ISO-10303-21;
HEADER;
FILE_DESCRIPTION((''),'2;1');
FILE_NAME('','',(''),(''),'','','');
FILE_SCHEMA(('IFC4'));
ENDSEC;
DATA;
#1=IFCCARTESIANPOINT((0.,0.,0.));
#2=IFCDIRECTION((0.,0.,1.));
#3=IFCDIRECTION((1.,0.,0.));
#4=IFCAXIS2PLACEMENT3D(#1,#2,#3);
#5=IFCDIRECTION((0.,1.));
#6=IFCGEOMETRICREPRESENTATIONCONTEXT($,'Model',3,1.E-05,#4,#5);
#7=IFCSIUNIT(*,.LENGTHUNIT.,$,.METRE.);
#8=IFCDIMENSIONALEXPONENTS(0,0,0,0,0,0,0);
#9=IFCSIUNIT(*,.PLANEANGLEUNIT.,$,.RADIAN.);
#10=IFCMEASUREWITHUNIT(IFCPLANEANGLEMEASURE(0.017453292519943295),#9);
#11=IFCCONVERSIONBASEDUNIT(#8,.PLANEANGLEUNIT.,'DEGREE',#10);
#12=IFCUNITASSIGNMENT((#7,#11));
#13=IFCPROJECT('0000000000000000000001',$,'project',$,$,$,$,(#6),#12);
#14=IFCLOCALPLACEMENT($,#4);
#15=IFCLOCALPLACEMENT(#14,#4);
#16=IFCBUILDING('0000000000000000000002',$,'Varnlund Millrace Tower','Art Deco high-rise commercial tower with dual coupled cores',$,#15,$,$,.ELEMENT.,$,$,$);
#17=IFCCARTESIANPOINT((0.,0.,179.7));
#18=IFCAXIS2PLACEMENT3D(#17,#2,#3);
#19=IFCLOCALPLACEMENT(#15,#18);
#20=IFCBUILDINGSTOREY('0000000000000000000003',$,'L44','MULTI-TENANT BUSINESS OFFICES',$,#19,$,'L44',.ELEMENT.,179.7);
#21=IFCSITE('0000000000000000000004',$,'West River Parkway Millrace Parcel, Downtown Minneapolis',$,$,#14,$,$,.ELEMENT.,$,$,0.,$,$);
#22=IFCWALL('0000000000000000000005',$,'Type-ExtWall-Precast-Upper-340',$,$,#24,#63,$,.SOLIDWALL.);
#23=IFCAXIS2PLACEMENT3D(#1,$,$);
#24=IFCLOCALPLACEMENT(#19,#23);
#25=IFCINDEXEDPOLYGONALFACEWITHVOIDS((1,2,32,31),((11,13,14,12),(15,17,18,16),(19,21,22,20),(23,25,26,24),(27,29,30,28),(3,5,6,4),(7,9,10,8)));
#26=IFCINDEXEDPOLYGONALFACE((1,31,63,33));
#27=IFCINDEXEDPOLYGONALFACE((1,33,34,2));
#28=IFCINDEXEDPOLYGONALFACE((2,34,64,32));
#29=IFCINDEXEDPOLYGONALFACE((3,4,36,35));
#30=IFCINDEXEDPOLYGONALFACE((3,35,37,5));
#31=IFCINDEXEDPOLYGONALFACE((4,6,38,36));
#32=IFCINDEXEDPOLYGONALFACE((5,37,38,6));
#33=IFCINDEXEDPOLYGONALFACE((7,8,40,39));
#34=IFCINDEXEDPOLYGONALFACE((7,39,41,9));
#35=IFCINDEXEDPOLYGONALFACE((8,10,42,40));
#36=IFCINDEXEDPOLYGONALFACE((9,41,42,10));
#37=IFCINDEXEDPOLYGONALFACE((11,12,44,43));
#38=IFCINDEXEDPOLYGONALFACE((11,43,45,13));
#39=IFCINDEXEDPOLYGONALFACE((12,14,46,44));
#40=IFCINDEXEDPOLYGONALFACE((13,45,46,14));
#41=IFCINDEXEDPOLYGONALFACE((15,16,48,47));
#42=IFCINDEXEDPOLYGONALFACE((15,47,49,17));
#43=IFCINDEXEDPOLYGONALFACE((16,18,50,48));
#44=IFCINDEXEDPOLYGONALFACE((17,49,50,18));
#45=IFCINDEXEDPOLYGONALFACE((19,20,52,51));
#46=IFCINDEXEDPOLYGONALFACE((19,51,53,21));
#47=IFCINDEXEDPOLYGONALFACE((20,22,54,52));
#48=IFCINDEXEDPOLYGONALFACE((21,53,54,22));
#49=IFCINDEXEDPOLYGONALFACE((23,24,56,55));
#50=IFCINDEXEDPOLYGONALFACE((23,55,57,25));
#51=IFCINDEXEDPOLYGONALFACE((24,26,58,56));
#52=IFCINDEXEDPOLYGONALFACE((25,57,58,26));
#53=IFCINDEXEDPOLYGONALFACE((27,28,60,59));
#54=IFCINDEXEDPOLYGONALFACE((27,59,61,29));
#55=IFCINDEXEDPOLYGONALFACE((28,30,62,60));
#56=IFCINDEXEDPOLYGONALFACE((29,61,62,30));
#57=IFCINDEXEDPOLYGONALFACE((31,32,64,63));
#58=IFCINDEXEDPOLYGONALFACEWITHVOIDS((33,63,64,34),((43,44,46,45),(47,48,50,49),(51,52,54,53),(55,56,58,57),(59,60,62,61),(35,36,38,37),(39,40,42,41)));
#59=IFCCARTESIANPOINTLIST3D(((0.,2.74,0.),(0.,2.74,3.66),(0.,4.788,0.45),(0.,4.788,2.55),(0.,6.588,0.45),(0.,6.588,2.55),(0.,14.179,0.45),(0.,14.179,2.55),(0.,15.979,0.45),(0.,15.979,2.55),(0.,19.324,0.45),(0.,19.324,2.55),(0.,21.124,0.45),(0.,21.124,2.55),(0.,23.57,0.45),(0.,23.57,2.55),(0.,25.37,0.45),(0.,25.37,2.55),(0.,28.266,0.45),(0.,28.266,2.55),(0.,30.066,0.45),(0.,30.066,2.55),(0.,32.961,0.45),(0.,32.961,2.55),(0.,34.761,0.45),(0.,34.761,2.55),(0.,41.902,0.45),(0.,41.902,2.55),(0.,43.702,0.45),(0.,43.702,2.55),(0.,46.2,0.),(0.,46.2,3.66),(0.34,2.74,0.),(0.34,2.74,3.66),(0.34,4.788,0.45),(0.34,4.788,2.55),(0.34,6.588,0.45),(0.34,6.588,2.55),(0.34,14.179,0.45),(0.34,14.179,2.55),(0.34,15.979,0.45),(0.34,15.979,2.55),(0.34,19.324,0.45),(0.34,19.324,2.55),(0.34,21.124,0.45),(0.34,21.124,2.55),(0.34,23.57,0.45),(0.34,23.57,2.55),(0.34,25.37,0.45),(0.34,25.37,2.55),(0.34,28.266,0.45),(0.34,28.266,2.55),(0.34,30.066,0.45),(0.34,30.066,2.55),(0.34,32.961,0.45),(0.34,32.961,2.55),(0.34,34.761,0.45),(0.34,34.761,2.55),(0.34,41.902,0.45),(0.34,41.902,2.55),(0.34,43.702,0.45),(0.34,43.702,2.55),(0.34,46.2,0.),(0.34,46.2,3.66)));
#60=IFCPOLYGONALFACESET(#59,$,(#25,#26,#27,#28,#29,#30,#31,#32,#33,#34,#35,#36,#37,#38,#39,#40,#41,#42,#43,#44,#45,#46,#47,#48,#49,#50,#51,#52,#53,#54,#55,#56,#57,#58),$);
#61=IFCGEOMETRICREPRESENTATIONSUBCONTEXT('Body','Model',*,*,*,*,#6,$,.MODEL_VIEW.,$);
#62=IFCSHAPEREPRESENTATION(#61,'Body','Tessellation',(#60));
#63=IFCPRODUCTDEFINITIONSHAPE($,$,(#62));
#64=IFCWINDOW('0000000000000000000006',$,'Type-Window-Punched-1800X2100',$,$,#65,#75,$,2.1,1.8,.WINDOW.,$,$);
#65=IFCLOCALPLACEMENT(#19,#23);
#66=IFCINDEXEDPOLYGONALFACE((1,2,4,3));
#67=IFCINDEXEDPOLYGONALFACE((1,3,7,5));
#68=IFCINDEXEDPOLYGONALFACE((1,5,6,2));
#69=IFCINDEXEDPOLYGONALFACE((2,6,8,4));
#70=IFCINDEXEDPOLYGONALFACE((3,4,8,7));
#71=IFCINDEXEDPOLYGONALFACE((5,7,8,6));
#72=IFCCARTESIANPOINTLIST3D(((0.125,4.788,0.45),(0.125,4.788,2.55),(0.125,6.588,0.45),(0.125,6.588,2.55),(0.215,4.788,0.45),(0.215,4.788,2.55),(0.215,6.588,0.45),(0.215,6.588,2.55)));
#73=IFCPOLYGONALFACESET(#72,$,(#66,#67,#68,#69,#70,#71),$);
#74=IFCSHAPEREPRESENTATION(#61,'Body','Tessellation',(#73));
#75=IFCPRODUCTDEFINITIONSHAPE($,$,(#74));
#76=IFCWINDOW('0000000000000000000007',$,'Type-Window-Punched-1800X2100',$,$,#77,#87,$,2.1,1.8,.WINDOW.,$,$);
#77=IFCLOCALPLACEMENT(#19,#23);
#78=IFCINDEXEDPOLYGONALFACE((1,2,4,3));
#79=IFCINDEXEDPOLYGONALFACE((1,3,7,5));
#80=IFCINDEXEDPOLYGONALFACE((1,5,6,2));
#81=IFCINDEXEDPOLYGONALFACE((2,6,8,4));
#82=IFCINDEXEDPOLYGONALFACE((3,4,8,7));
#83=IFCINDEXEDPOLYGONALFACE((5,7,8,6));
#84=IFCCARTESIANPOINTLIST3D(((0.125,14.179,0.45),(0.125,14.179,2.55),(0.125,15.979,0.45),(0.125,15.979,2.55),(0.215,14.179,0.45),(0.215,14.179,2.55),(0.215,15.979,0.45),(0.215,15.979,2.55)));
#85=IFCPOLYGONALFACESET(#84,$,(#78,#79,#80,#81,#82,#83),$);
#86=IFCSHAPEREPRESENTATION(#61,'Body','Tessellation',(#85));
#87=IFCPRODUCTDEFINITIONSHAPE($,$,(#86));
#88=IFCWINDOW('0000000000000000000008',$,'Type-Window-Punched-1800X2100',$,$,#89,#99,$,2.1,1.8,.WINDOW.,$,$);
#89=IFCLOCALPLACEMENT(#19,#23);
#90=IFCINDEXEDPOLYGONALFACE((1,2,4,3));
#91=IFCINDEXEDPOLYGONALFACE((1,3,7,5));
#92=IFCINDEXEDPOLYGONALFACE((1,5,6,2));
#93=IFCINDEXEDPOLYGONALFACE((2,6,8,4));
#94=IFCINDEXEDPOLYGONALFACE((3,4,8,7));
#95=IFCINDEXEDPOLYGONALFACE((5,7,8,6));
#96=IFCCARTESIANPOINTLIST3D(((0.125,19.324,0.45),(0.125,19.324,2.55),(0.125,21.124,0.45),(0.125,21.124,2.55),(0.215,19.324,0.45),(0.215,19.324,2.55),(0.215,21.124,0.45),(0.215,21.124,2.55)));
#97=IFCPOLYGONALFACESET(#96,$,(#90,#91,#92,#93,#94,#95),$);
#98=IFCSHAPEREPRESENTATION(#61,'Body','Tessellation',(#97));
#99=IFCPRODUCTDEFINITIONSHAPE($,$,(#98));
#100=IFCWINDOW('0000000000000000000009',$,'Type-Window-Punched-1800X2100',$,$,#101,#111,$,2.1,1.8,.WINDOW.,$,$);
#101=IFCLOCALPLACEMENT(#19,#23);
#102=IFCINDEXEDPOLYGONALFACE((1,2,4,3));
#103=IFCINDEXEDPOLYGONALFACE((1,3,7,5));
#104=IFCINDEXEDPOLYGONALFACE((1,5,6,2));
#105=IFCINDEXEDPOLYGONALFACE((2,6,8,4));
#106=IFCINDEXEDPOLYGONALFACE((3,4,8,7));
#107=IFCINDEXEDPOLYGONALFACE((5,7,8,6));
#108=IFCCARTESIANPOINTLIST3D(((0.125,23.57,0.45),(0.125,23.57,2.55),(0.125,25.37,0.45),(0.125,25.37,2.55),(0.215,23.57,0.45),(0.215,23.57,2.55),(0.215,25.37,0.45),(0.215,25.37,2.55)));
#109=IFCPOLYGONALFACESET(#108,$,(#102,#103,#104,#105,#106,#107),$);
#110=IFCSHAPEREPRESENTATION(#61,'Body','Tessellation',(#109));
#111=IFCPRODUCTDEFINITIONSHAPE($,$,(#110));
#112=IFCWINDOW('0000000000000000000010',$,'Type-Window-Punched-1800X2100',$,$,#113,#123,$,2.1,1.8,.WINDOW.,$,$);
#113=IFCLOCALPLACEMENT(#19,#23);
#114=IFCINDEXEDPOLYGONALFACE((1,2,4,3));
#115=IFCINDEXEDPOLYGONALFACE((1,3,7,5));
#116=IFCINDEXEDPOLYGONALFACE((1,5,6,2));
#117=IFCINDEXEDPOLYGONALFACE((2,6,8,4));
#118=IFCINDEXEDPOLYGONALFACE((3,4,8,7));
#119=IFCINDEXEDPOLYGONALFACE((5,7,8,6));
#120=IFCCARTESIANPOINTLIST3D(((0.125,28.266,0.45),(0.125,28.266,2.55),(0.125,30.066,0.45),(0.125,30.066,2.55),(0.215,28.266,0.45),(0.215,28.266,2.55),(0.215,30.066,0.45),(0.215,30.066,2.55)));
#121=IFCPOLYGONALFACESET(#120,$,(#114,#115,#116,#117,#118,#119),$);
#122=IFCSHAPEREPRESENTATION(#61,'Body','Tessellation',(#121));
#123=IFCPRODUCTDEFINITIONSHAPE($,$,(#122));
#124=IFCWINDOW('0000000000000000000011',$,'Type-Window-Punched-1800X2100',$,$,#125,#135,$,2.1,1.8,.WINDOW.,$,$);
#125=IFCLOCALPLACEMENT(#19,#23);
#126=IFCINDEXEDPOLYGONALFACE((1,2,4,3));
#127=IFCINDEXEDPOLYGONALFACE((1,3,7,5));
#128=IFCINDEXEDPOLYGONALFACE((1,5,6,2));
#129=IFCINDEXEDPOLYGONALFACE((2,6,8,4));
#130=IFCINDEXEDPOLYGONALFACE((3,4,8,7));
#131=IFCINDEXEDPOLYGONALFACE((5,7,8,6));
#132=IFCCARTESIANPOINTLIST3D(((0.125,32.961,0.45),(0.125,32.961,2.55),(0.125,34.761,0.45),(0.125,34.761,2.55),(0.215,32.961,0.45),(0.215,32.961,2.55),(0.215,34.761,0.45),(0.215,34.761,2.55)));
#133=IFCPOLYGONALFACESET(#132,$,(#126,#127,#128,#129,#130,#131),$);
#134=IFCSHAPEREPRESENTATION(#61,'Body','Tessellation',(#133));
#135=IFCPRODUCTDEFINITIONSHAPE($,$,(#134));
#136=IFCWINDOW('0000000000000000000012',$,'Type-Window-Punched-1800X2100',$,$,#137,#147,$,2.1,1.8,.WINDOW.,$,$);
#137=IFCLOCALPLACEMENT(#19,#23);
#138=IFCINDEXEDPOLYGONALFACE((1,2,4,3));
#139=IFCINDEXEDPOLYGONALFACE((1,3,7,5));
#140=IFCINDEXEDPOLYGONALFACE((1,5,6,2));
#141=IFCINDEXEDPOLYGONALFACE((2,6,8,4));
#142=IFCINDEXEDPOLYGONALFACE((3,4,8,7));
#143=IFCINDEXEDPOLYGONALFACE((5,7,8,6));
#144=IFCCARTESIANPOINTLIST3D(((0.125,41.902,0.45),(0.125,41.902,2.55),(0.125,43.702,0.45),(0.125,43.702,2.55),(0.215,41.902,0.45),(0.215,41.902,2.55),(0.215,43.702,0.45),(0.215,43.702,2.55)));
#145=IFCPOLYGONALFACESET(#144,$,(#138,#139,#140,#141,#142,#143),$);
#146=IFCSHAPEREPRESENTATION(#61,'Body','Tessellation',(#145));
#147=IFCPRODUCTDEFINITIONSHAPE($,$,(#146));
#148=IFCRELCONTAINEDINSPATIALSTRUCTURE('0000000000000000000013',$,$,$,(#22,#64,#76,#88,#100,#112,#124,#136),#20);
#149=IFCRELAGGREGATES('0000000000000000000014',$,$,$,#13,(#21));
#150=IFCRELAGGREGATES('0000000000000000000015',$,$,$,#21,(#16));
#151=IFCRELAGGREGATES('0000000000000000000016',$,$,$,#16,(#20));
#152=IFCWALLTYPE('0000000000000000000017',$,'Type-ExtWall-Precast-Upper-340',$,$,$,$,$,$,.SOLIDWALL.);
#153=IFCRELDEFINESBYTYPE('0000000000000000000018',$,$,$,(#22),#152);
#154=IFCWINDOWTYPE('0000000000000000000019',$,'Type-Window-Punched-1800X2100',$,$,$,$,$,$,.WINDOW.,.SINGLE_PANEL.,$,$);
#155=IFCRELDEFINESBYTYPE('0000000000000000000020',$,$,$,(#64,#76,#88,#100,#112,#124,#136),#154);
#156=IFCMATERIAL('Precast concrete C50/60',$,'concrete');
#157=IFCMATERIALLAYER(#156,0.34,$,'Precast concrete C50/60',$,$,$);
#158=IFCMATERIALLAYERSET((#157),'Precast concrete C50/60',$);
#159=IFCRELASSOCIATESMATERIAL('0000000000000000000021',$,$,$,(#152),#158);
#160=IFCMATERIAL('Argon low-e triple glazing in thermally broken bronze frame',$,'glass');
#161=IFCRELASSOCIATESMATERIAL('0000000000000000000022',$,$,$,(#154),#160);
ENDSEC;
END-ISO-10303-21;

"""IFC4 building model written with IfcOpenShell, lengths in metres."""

from ifc_helpers import new_model, entity, si_unit, converted_unit, direction, frame, origin_with_axes, origin_2d_with_axis, place, context, subcontext, project, spatial, polyline, rectangle, outline, extrude, material, layer, layer_set, type_object, element, fill, save


model = new_model("IFC4")

# Units and contexts
model_context = context("Model", 3, precision=1e-05, world=origin_with_axes(), true_north=direction((0.0, 1.0)))
body_context = subcontext(model_context, "Body", "Model", "MODEL_VIEW")
ifc_project = project(units=[si_unit("LENGTHUNIT", "METRE"), converted_unit("PLANEANGLEUNIT", "DEGREE", entity("IfcPlaneAngleMeasure", 0.017453292519943295), si_unit("PLANEANGLEUNIT", "RADIAN"), dimensions=[0, 0, 0, 0, 0, 0, 0])], contexts=[model_context])

# Site, building, storey
site_placement = place(None, origin_with_axes())
site = spatial("IfcSite", under=ifc_project, at=site_placement, Name="West River Parkway Millrace Parcel, Downtown Minneapolis", CompositionType="ELEMENT", RefElevation=0.0)
building_placement = place(site_placement, origin_with_axes())
building = spatial("IfcBuilding", under=site, at=building_placement, Name="Varnlund Millrace Tower", Description="Art Deco high-rise commercial tower with dual coupled cores", CompositionType="ELEMENT")
storey_placement = place(building_placement, frame((0.0, 0.0, 179.7), z_axis=(0.0, 0.0, 1.0), x_axis=(1.0, 0.0, 0.0)))
storey = spatial("IfcBuildingStorey", under=building, at=storey_placement, Name="L44", Description="MULTI-TENANT BUSINESS OFFICES", LongName="L44", CompositionType="ELEMENT", Elevation=179.7)

# Shared definitions
ifc_material_1 = material(Name="Precast concrete C50/60", Category="concrete")
ifc_layer_1 = layer(ifc_material_1, 0.34, Name="Precast concrete C50/60")
ifc_layer_set_1 = layer_set([ifc_layer_1], Name="Precast concrete C50/60")
wall_type = type_object("IfcWallType", Name="Type-ExtWall-Precast-Upper-340", PredefinedType="SOLIDWALL", material=ifc_layer_set_1)

# Wall, openings, windows
wall_1_placement = place(storey_placement, frame((0.17, 2.74, 0.0), z_axis=(0.0, 0.0, 1.0), x_axis=(0.0, 1.0, 0.0)))
wall_1 = element("IfcWall", 1, at=wall_1_placement, inside=storey, type_object=wall_type, Name="Type-ExtWall-Precast-Upper-340", PredefinedType="SOLIDWALL", context=body_context, shape_type="SweptSolid", body=[
    extrude(outline(polyline([(0.0, -0.17), (43.46, -0.17), (43.46, 0.17), (0.0, 0.17), (0.0, -0.17)])), origin_with_axes(), (0.0, 0.0, 1.0), 3.66),
])
opening_1_placement = place(wall_1_placement, frame((2.948, 0.0, 0.45), z_axis=(0.0, 0.0, 1.0), x_axis=(1.0, 0.0, 0.0)))
opening_1 = element("IfcOpeningElement", 2, at=opening_1_placement, cuts=wall_1, PredefinedType="OPENING", context=body_context, shape_type="SweptSolid", body=[
    extrude(rectangle(XDim=1.8, YDim=0.36, at=origin_2d_with_axis()), origin_with_axes(), (0.0, 0.0, 1.0), 2.1),
])
opening_2_placement = place(wall_1_placement, frame((12.339, 0.0, 0.45), z_axis=(0.0, 0.0, 1.0), x_axis=(1.0, 0.0, 0.0)))
opening_2 = element("IfcOpeningElement", 3, at=opening_2_placement, cuts=wall_1, PredefinedType="OPENING", context=body_context, shape_type="SweptSolid", body=[
    extrude(rectangle(XDim=1.8, YDim=0.36, at=origin_2d_with_axis()), origin_with_axes(), (0.0, 0.0, 1.0), 2.1),
])
opening_3_placement = place(wall_1_placement, frame((17.484, 0.0, 0.45), z_axis=(0.0, 0.0, 1.0), x_axis=(1.0, 0.0, 0.0)))
opening_3 = element("IfcOpeningElement", 4, at=opening_3_placement, cuts=wall_1, PredefinedType="OPENING", context=body_context, shape_type="SweptSolid", body=[
    extrude(rectangle(XDim=1.8, YDim=0.36, at=origin_2d_with_axis()), origin_with_axes(), (0.0, 0.0, 1.0), 2.1),
])
opening_4_placement = place(wall_1_placement, frame((21.73, 0.0, 0.45), z_axis=(0.0, 0.0, 1.0), x_axis=(1.0, 0.0, 0.0)))
opening_4 = element("IfcOpeningElement", 5, at=opening_4_placement, cuts=wall_1, PredefinedType="OPENING", context=body_context, shape_type="SweptSolid", body=[
    extrude(rectangle(XDim=1.8, YDim=0.36, at=origin_2d_with_axis()), origin_with_axes(), (0.0, 0.0, 1.0), 2.1),
])
opening_5_placement = place(wall_1_placement, frame((26.426, 0.0, 0.45), z_axis=(0.0, 0.0, 1.0), x_axis=(1.0, 0.0, 0.0)))
opening_5 = element("IfcOpeningElement", 6, at=opening_5_placement, cuts=wall_1, PredefinedType="OPENING", context=body_context, shape_type="SweptSolid", body=[
    extrude(rectangle(XDim=1.8, YDim=0.36, at=origin_2d_with_axis()), origin_with_axes(), (0.0, 0.0, 1.0), 2.1),
])
opening_6_placement = place(wall_1_placement, frame((31.121, 0.0, 0.45), z_axis=(0.0, 0.0, 1.0), x_axis=(1.0, 0.0, 0.0)))
opening_6 = element("IfcOpeningElement", 7, at=opening_6_placement, cuts=wall_1, PredefinedType="OPENING", context=body_context, shape_type="SweptSolid", body=[
    extrude(rectangle(XDim=1.8, YDim=0.36, at=origin_2d_with_axis()), origin_with_axes(), (0.0, 0.0, 1.0), 2.1),
])
opening_7_placement = place(wall_1_placement, frame((40.062, 0.0, 0.45), z_axis=(0.0, 0.0, 1.0), x_axis=(1.0, 0.0, 0.0)))
opening_7 = element("IfcOpeningElement", 8, at=opening_7_placement, cuts=wall_1, PredefinedType="OPENING", context=body_context, shape_type="SweptSolid", body=[
    extrude(rectangle(XDim=1.8, YDim=0.36, at=origin_2d_with_axis()), origin_with_axes(), (0.0, 0.0, 1.0), 2.1),
])
ifc_material_2 = material(Name="Argon low-e triple glazing in thermally broken bronze frame", Category="glass")
window_type = type_object("IfcWindowType", Name="Type-Window-Punched-1800X2100", PartitioningType="SINGLE_PANEL", PredefinedType="WINDOW", material=ifc_material_2)
window_1_placement = place(wall_1_placement, frame((2.948, 0.0, 0.45), z_axis=(0.0, 0.0, 1.0), x_axis=(1.0, 0.0, 0.0)))
window_1 = element("IfcWindow", 9, at=window_1_placement, inside=storey, type_object=window_type, Name="Type-Window-Punched-1800X2100", OverallHeight=2.1, OverallWidth=1.8, PredefinedType="WINDOW", context=body_context, shape_type="SweptSolid", body=[
    extrude(rectangle(XDim=1.8, YDim=0.09, at=origin_2d_with_axis()), origin_with_axes(), (0.0, 0.0, 1.0), 2.1),
])
fill(opening_1, window_1)
window_2_placement = place(wall_1_placement, frame((12.339, 0.0, 0.45), z_axis=(0.0, 0.0, 1.0), x_axis=(1.0, 0.0, 0.0)))
window_2 = element("IfcWindow", 10, at=window_2_placement, inside=storey, type_object=window_type, Name="Type-Window-Punched-1800X2100", OverallHeight=2.1, OverallWidth=1.8, PredefinedType="WINDOW", context=body_context, shape_type="SweptSolid", body=[
    extrude(rectangle(XDim=1.8, YDim=0.09, at=origin_2d_with_axis()), origin_with_axes(), (0.0, 0.0, 1.0), 2.1),
])
fill(opening_2, window_2)
window_3_placement = place(wall_1_placement, frame((17.484, 0.0, 0.45), z_axis=(0.0, 0.0, 1.0), x_axis=(1.0, 0.0, 0.0)))
window_3 = element("IfcWindow", 11, at=window_3_placement, inside=storey, type_object=window_type, Name="Type-Window-Punched-1800X2100", OverallHeight=2.1, OverallWidth=1.8, PredefinedType="WINDOW", context=body_context, shape_type="SweptSolid", body=[
    extrude(rectangle(XDim=1.8, YDim=0.09, at=origin_2d_with_axis()), origin_with_axes(), (0.0, 0.0, 1.0), 2.1),
])
fill(opening_3, window_3)
window_4_placement = place(wall_1_placement, frame((21.73, 0.0, 0.45), z_axis=(0.0, 0.0, 1.0), x_axis=(1.0, 0.0, 0.0)))
window_4 = element("IfcWindow", 12, at=window_4_placement, inside=storey, type_object=window_type, Name="Type-Window-Punched-1800X2100", OverallHeight=2.1, OverallWidth=1.8, PredefinedType="WINDOW", context=body_context, shape_type="SweptSolid", body=[
    extrude(rectangle(XDim=1.8, YDim=0.09, at=origin_2d_with_axis()), origin_with_axes(), (0.0, 0.0, 1.0), 2.1),
])
fill(opening_4, window_4)
window_5_placement = place(wall_1_placement, frame((26.426, 0.0, 0.45), z_axis=(0.0, 0.0, 1.0), x_axis=(1.0, 0.0, 0.0)))
window_5 = element("IfcWindow", 13, at=window_5_placement, inside=storey, type_object=window_type, Name="Type-Window-Punched-1800X2100", OverallHeight=2.1, OverallWidth=1.8, PredefinedType="WINDOW", context=body_context, shape_type="SweptSolid", body=[
    extrude(rectangle(XDim=1.8, YDim=0.09, at=origin_2d_with_axis()), origin_with_axes(), (0.0, 0.0, 1.0), 2.1),
])
fill(opening_5, window_5)
window_6_placement = place(wall_1_placement, frame((31.121, 0.0, 0.45), z_axis=(0.0, 0.0, 1.0), x_axis=(1.0, 0.0, 0.0)))
window_6 = element("IfcWindow", 14, at=window_6_placement, inside=storey, type_object=window_type, Name="Type-Window-Punched-1800X2100", OverallHeight=2.1, OverallWidth=1.8, PredefinedType="WINDOW", context=body_context, shape_type="SweptSolid", body=[
    extrude(rectangle(XDim=1.8, YDim=0.09, at=origin_2d_with_axis()), origin_with_axes(), (0.0, 0.0, 1.0), 2.1),
])
fill(opening_6, window_6)
window_7_placement = place(wall_1_placement, frame((40.062, 0.0, 0.45), z_axis=(0.0, 0.0, 1.0), x_axis=(1.0, 0.0, 0.0)))
window_7 = element("IfcWindow", 15, at=window_7_placement, inside=storey, type_object=window_type, Name="Type-Window-Punched-1800X2100", OverallHeight=2.1, OverallWidth=1.8, PredefinedType="WINDOW", context=body_context, shape_type="SweptSolid", body=[
    extrude(rectangle(XDim=1.8, YDim=0.09, at=origin_2d_with_axis()), origin_with_axes(), (0.0, 0.0, 1.0), 2.1),
])
fill(opening_7, window_7)

save(model, "model.ifc")
